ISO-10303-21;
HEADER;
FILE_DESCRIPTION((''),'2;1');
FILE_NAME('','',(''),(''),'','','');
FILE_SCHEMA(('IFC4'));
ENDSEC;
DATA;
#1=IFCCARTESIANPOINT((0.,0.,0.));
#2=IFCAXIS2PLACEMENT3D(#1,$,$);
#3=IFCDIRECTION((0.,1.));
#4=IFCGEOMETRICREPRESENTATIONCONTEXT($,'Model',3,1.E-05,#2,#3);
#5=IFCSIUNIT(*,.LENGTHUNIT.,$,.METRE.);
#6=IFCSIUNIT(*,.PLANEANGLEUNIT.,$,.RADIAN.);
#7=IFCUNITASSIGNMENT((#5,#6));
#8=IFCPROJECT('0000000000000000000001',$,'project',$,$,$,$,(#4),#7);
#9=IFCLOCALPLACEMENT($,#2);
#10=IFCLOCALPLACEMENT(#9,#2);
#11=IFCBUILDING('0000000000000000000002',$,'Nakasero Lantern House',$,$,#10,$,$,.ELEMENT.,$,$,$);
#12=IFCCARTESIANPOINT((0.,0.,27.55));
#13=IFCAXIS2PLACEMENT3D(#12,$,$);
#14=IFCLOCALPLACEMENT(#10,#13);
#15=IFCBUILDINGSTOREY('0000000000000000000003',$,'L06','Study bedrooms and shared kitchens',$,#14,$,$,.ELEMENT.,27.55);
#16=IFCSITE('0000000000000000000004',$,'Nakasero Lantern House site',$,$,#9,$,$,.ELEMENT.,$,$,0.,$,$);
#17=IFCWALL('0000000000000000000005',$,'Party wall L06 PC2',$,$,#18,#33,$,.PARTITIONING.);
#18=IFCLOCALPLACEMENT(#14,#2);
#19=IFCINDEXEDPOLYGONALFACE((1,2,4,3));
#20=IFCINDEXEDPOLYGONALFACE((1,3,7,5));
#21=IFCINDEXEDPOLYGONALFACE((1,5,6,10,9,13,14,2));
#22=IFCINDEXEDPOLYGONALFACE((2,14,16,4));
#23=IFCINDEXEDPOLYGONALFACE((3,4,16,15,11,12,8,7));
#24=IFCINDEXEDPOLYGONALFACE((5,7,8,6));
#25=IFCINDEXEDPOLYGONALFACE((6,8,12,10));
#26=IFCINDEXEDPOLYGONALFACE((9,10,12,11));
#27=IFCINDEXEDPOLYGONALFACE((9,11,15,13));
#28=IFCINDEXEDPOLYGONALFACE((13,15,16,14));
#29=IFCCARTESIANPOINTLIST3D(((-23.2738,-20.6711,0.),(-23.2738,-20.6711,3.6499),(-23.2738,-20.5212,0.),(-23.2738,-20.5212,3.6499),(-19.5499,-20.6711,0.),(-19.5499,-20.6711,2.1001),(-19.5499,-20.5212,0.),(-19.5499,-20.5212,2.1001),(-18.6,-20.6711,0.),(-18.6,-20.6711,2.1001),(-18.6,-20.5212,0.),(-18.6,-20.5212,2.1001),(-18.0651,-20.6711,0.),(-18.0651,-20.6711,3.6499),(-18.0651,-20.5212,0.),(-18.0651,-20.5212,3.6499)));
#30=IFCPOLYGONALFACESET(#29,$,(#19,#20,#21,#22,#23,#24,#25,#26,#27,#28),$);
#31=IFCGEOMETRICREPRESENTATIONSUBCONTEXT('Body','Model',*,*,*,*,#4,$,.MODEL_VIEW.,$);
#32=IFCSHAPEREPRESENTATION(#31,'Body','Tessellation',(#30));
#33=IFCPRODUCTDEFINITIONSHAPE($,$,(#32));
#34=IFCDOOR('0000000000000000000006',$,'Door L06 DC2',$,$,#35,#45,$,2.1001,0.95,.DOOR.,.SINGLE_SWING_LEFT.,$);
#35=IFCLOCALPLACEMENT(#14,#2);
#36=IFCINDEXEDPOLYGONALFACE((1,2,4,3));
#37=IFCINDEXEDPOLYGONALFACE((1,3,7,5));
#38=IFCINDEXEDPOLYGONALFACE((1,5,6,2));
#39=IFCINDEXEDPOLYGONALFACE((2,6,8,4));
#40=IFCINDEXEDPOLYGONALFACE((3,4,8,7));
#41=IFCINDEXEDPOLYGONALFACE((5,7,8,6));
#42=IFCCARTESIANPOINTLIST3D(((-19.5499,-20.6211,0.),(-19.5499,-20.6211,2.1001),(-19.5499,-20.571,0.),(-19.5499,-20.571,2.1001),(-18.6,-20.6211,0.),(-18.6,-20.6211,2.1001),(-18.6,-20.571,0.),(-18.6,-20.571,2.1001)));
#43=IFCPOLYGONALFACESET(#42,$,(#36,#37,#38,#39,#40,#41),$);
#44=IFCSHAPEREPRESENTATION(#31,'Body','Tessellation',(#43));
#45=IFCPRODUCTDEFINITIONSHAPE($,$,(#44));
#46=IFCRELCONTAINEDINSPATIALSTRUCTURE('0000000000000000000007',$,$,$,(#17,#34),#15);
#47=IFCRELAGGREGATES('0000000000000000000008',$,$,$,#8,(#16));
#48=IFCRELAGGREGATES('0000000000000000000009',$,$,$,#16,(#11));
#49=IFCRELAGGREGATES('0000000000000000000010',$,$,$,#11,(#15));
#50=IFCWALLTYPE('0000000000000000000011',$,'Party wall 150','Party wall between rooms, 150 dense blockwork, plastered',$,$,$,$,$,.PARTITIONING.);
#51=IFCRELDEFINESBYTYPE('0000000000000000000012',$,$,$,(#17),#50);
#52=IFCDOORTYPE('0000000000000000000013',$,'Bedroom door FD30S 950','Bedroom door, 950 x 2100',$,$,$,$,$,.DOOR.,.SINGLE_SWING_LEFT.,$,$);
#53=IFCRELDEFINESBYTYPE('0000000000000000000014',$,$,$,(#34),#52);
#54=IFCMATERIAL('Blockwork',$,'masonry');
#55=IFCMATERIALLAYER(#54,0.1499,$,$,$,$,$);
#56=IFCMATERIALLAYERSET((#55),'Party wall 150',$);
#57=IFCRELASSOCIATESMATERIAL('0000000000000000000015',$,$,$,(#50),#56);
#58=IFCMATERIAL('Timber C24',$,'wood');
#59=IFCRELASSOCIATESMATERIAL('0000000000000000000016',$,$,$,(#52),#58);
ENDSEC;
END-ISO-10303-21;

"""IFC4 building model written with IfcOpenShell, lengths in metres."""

from ifc_helpers import new_model, si_unit, direction, frame, frame_2d, origin, place, context, subcontext, project, spatial, rectangle, extrude, material, layer, layer_set, type_object, element, fill, save


model = new_model("IFC4")

# Units and contexts
model_context = context("Model", 3, precision=1e-05, world=origin(), true_north=direction((0.0, 1.0)))
body_context = subcontext(model_context, "Body", "Model", "MODEL_VIEW")
ifc_project = project(units=[si_unit("LENGTHUNIT", "METRE"), si_unit("PLANEANGLEUNIT", "RADIAN")], contexts=[model_context])

# Site, building, storey
site_placement = place(None, origin())
site = spatial("IfcSite", under=ifc_project, at=site_placement, Name="Nakasero Lantern House site", CompositionType="ELEMENT", RefElevation=0.0)
building_placement = place(site_placement, origin())
building = spatial("IfcBuilding", under=site, at=building_placement, Name="Nakasero Lantern House", CompositionType="ELEMENT")
storey_placement = place(building_placement, frame((0.0, 0.0, 27.55)))
storey = spatial("IfcBuildingStorey", under=building, at=storey_placement, Name="L06", Description="Study bedrooms and shared kitchens", CompositionType="ELEMENT", Elevation=27.55)

# Wall, opening, door
ifc_material_1 = material(Name="Blockwork", Category="masonry")
ifc_layer_1 = layer(ifc_material_1, 0.1499)
ifc_layer_set_1 = layer_set([ifc_layer_1], Name="Party wall 150")
wall_type_1 = type_object("IfcWallType", Name="Party wall 150", Description="Party wall between rooms, 150 dense blockwork, plastered", PredefinedType="PARTITIONING", material=ifc_layer_set_1)
wall_1_placement = place(storey_placement, frame((-18.0649, -20.5962, 0.0), z_axis=(0.0, 0.0, 1.0), x_axis=(-1.0, 0.0, 0.0)))
wall_1 = element("IfcWall", 1, at=wall_1_placement, inside=storey, type_object=wall_type_1, Name="Party wall L06 PC2", PredefinedType="PARTITIONING", context=body_context, shape_type="SweptSolid", body=[
    extrude(rectangle(XDim=5.2087, YDim=0.1499, at=frame_2d((2.6045, 0.0))), origin(), (0.0, 0.0, 1.0), 3.6499),
])
opening_1_placement = place(wall_1_placement, frame((0.5349, 0.0, 0.0)))
opening_1 = element("IfcOpeningElement", 2, at=opening_1_placement, cuts=wall_1, PredefinedType="OPENING", context=body_context, shape_type="SweptSolid", body=[
    extrude(rectangle(XDim=0.95, YDim=2.1001, at=frame_2d((0.4751, 1.05))), frame((0.0, 0.095, 0.0), z_axis=(0.0, -1.0, 0.0), x_axis=(1.0, 0.0, 0.0)), (0.0, 0.0, 1.0), 0.1899),
])
ifc_material_2 = material(Name="Timber C24", Category="wood")
door_type_1 = type_object("IfcDoorType", Name="Bedroom door FD30S 950", Description="Bedroom door, 950 x 2100", OperationType="SINGLE_SWING_LEFT", PredefinedType="DOOR", material=ifc_material_2)
door_1_placement = place(opening_1_placement, origin())
door_1 = element("IfcDoor", 3, at=door_1_placement, inside=storey, type_object=door_type_1, Name="Door L06 DC2", OperationType="SINGLE_SWING_LEFT", OverallHeight=2.1001, OverallWidth=0.95, PredefinedType="DOOR", context=body_context, shape_type="SweptSolid", body=[
    extrude(rectangle(XDim=0.95, YDim=2.1001, at=frame_2d((0.4751, 1.05))), frame((0.0, 0.0249, 0.0), z_axis=(0.0, -1.0, 0.0), x_axis=(1.0, 0.0, 0.0)), (0.0, 0.0, 1.0), 0.05),
])
fill(opening_1, door_1)

save(model, "model.ifc")
